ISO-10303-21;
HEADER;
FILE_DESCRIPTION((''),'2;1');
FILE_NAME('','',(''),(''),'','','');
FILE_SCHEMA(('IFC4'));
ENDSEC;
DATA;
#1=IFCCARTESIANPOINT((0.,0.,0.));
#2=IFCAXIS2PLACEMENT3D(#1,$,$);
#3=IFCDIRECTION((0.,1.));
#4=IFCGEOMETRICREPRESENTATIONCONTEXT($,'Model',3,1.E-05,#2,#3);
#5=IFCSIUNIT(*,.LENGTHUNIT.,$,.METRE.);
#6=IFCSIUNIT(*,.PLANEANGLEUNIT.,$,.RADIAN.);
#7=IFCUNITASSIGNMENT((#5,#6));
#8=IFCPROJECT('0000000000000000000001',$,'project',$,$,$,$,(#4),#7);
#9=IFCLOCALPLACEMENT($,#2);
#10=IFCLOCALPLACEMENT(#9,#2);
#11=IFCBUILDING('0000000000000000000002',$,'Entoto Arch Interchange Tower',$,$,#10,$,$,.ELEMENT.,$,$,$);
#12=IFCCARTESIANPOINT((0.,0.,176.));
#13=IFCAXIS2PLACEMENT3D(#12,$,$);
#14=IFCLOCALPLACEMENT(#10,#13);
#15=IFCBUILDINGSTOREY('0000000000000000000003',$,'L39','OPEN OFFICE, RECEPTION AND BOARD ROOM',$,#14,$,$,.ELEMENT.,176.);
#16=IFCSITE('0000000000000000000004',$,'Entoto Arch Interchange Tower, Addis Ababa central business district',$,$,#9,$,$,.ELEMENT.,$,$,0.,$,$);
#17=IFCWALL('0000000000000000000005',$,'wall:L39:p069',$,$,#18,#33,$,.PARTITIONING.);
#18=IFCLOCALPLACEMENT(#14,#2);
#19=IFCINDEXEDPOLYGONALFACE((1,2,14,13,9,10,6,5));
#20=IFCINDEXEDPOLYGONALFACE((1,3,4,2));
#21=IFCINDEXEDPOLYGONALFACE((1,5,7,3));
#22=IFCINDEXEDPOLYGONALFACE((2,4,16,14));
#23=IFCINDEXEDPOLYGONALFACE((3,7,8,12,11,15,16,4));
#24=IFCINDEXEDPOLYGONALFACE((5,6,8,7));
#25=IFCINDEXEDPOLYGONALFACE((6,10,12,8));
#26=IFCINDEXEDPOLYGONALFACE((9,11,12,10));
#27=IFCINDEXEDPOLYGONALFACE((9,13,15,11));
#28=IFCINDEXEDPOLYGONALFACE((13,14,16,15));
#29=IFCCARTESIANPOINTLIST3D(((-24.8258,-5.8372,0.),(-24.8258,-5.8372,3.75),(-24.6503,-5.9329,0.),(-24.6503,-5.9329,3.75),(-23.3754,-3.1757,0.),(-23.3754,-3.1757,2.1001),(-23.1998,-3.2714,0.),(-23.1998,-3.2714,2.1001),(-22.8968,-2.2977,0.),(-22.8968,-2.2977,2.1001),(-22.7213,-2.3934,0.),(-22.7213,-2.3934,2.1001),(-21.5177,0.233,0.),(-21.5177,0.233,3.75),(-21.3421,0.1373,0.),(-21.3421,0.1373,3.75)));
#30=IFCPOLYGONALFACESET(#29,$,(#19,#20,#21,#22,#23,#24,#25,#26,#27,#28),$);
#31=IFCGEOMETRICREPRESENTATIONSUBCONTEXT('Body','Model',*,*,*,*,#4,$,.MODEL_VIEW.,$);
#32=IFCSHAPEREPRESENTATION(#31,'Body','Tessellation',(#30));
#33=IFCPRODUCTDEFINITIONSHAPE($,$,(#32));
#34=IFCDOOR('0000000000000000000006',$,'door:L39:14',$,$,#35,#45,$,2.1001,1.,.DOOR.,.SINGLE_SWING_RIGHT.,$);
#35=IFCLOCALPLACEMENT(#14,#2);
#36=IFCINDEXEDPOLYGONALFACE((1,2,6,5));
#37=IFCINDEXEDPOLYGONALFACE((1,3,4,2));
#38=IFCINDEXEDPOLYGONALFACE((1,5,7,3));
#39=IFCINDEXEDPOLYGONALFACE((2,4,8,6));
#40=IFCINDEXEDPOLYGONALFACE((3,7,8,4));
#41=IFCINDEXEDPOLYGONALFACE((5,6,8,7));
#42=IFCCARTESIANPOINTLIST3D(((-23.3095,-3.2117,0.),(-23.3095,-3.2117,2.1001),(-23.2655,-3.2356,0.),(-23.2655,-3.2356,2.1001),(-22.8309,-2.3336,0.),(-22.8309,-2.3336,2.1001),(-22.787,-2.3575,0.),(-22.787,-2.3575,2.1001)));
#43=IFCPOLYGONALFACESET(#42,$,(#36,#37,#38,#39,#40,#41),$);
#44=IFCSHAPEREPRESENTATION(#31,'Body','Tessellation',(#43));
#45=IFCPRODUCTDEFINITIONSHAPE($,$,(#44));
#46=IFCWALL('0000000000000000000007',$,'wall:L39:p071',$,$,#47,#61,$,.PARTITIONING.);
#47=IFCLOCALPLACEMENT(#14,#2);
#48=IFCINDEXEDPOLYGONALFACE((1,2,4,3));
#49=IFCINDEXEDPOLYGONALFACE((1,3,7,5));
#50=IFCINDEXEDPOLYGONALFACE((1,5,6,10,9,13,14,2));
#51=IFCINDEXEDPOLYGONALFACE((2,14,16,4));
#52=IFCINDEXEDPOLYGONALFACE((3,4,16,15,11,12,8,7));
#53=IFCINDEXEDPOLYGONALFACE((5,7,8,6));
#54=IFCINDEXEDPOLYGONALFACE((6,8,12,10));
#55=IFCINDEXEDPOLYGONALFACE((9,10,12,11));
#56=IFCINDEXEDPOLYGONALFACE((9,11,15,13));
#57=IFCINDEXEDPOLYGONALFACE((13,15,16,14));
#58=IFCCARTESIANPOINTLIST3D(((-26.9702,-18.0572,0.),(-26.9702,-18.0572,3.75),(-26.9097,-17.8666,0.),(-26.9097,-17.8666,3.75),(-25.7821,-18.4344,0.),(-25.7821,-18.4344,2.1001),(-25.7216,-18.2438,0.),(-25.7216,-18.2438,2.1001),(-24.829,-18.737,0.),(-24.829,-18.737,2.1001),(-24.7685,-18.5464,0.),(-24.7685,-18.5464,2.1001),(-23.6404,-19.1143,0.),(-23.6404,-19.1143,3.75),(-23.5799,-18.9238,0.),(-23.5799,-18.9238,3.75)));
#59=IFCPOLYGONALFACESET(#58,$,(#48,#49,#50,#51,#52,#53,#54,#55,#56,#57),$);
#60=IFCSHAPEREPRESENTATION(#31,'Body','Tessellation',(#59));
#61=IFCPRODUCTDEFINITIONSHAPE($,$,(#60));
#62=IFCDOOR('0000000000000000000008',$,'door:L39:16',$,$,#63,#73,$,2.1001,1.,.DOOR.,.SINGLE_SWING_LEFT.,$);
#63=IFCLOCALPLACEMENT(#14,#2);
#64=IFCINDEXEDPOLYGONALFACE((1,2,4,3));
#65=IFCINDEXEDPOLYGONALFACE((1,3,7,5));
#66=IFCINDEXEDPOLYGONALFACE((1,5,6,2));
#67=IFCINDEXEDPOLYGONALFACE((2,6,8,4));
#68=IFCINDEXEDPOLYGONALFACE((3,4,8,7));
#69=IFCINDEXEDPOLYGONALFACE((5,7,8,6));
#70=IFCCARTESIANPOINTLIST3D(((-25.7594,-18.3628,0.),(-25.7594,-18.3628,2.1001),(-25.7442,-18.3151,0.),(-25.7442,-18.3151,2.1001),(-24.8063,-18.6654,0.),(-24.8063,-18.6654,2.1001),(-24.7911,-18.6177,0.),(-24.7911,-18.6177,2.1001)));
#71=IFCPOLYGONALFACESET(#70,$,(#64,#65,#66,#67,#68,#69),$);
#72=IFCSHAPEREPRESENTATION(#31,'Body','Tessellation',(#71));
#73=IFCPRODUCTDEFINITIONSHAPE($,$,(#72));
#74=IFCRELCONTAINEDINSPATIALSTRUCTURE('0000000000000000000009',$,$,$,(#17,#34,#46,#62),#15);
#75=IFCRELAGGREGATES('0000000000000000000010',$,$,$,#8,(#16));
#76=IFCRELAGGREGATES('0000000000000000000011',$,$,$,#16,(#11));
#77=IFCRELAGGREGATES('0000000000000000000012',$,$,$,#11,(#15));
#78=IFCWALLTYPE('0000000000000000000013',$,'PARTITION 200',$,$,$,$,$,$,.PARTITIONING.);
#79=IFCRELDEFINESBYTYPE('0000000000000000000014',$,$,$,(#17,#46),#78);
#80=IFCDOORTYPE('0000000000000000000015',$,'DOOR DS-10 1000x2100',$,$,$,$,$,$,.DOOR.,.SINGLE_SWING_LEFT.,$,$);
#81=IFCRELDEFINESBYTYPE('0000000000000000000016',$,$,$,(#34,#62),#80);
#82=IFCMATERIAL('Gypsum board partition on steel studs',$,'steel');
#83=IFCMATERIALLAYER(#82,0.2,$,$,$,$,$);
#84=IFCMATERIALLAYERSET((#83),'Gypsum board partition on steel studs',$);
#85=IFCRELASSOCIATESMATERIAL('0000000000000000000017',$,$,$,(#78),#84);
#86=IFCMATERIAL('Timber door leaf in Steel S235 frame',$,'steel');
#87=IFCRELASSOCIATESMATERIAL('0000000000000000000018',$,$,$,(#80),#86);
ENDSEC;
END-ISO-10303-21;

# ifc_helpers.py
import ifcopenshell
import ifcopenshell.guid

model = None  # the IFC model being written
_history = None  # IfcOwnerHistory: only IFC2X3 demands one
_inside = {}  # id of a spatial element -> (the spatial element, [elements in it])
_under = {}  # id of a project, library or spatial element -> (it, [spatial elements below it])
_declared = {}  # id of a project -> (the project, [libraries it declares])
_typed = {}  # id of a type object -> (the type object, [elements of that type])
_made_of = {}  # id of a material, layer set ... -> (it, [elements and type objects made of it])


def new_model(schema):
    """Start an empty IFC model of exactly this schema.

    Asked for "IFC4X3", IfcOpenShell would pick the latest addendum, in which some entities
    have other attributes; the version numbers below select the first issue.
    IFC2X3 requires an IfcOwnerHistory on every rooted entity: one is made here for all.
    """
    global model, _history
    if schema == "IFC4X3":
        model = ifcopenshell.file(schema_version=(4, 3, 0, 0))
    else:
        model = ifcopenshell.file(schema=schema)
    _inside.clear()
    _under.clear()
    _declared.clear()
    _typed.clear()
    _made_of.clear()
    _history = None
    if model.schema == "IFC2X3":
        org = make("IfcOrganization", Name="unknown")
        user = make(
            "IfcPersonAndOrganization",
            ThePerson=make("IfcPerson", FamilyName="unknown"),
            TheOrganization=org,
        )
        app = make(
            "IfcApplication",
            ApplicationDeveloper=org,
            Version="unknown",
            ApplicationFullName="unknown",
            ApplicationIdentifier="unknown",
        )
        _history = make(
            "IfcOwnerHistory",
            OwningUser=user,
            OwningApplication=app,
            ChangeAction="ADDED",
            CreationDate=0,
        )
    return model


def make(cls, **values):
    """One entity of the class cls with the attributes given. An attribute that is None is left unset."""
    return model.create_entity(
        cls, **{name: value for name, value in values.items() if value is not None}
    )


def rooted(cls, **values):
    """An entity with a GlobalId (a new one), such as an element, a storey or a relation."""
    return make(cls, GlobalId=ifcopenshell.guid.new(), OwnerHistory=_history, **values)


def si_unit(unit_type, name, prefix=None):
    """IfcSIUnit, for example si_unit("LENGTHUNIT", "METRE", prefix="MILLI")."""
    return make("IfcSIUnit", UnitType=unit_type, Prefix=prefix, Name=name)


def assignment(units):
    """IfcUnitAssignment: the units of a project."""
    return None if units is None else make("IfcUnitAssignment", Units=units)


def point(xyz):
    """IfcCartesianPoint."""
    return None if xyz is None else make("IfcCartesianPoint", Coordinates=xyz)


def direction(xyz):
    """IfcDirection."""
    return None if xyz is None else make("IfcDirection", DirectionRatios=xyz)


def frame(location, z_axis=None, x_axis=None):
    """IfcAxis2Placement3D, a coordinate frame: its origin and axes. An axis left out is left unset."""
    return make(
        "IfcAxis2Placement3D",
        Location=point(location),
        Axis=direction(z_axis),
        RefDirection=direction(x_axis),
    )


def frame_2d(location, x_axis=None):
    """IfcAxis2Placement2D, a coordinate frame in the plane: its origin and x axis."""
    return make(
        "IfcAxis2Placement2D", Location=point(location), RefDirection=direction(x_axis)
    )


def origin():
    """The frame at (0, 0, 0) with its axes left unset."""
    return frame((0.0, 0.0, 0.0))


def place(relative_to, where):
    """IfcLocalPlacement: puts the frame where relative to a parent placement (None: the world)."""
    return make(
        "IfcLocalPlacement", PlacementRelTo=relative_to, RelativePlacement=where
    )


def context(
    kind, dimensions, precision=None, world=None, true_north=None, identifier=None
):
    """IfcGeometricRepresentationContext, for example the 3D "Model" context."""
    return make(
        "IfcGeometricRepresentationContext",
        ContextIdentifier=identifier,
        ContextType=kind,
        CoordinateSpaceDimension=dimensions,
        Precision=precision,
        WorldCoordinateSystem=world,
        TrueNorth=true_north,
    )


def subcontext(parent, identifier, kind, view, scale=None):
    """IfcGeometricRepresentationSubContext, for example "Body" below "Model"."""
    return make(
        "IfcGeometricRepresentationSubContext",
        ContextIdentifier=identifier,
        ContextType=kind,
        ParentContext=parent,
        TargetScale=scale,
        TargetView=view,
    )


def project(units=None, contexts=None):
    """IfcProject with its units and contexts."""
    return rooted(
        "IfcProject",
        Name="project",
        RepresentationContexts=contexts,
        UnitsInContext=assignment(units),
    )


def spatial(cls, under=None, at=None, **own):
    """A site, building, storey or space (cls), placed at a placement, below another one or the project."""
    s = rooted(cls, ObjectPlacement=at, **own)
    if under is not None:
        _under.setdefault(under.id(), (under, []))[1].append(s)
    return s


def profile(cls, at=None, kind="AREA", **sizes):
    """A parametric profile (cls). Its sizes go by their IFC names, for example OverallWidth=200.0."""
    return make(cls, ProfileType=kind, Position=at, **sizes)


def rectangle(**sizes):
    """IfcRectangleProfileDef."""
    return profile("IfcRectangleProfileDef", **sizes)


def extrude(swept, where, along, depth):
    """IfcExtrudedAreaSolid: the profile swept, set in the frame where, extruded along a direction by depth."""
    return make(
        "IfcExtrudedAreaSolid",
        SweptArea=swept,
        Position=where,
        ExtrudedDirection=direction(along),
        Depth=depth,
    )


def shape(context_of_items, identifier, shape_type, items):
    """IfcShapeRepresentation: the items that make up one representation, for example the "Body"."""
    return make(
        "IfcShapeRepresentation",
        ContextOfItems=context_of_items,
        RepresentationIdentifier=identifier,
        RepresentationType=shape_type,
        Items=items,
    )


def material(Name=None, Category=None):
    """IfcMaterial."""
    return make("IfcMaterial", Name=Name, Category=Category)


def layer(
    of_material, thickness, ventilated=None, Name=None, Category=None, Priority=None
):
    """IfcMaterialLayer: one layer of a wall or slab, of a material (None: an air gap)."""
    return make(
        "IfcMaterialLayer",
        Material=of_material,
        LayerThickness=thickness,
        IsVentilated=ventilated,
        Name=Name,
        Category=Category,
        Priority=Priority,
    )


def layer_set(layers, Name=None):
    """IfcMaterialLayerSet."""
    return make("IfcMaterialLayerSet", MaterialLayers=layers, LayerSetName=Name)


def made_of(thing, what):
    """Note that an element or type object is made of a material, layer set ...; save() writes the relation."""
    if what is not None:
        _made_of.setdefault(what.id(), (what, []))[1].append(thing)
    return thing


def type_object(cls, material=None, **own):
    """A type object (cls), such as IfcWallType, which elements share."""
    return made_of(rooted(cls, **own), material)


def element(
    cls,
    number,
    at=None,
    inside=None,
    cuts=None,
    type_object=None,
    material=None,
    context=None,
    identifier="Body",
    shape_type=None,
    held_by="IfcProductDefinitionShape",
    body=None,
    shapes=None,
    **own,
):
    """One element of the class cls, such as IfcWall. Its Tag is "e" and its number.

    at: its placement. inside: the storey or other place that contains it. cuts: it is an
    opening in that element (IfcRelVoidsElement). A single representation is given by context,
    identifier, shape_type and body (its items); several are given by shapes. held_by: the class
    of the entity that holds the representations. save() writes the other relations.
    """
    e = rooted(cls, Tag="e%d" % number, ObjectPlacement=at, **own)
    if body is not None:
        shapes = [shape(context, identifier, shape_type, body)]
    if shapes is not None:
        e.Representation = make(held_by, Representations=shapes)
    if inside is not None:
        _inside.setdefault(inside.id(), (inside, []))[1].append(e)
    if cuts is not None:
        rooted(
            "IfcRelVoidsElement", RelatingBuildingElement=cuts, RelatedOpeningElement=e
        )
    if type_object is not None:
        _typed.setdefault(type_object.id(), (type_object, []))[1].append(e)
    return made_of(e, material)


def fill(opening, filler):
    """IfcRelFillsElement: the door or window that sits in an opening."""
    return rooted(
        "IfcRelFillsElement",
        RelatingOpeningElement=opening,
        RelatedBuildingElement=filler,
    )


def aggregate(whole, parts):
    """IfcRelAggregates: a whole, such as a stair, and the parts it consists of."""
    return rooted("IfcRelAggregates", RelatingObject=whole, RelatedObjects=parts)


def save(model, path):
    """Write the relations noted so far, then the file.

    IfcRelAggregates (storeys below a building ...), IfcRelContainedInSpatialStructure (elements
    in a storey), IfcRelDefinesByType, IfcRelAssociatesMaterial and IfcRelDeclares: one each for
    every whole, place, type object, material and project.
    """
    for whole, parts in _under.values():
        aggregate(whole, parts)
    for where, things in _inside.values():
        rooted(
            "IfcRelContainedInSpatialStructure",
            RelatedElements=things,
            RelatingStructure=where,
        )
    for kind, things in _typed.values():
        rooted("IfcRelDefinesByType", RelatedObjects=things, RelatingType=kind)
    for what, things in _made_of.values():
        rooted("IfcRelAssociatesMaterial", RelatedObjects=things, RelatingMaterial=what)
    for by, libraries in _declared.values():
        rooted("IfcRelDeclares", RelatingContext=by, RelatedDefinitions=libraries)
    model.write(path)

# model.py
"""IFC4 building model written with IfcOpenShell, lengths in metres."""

from ifc_helpers import new_model, si_unit, direction, frame, frame_2d, origin, place, context, subcontext, project, spatial, rectangle, extrude, material, layer, layer_set, type_object, element, fill, save


model = new_model("IFC4")

# Units and contexts
model_context = context("Model", 3, precision=1e-05, world=origin(), true_north=direction((0.0, 1.0)))
body_context = subcontext(model_context, "Body", "Model", "MODEL_VIEW")
ifc_project = project(units=[si_unit("LENGTHUNIT", "METRE"), si_unit("PLANEANGLEUNIT", "RADIAN")], contexts=[model_context])

# Site, building, storey
site_placement = place(None, origin())
site = spatial("IfcSite", under=ifc_project, at=site_placement, Name="Entoto Arch Interchange Tower, Addis Ababa central business district", CompositionType="ELEMENT", RefElevation=0.0)
building_placement = place(site_placement, origin())
building = spatial("IfcBuilding", under=site, at=building_placement, Name="Entoto Arch Interchange Tower", CompositionType="ELEMENT")
storey_placement = place(building_placement, frame((0.0, 0.0, 176.0)))
storey = spatial("IfcBuildingStorey", under=building, at=storey_placement, Name="L39", Description="OPEN OFFICE, RECEPTION AND BOARD ROOM", CompositionType="ELEMENT", Elevation=176.0)

# Shared definitions
ifc_material_1 = material(Name="Gypsum board partition on steel studs", Category="steel")
ifc_layer_1 = layer(ifc_material_1, 0.2)
ifc_layer_set_1 = layer_set([ifc_layer_1], Name="Gypsum board partition on steel studs")
wall_type_1 = type_object("IfcWallType", Name="PARTITION 200", PredefinedType="PARTITIONING", material=ifc_layer_set_1)

# Shared definitions
ifc_material_2 = material(Name="Timber door leaf in Steel S235 frame", Category="steel")

# Walls, openings, doors
wall_1_placement = place(storey_placement, frame((-24.738, -5.885, 0.0), z_axis=(0.0, 0.0, 1.0), x_axis=(0.478535, 0.878068, 0.0)))
wall_1 = element("IfcWall", 1, at=wall_1_placement, inside=storey, type_object=wall_type_1, Name="wall:L39:p069", PredefinedType="PARTITIONING", context=body_context, shape_type="SweptSolid", body=[
    extrude(rectangle(XDim=6.9131, YDim=0.2, at=frame_2d((3.4565, 0.0))), origin(), (0.0, 0.0, 1.0), 3.75),
])
opening_1_placement = place(wall_1_placement, frame((3.031, 0.0, 0.0)))
opening_1 = element("IfcOpeningElement", 2, at=opening_1_placement, cuts=wall_1, PredefinedType="OPENING", context=body_context, shape_type="SweptSolid", body=[
    extrude(rectangle(XDim=1.0, YDim=2.1001, at=frame_2d((0.5, 1.05))), frame((0.0, 0.1099, 0.0), z_axis=(0.0, -1.0, 0.0), x_axis=(1.0, 0.0, 0.0)), (0.0, 0.0, 1.0), 0.22),
])
door_type_1 = type_object("IfcDoorType", Name="DOOR DS-10 1000x2100", OperationType="SINGLE_SWING_LEFT", PredefinedType="DOOR", material=ifc_material_2)
door_1_placement = place(opening_1_placement, origin())
door_1 = element("IfcDoor", 3, at=door_1_placement, inside=storey, type_object=door_type_1, Name="door:L39:14", OperationType="SINGLE_SWING_RIGHT", OverallHeight=2.1001, OverallWidth=1.0, PredefinedType="DOOR", context=body_context, shape_type="SweptSolid", body=[
    extrude(rectangle(XDim=1.0, YDim=2.1001, at=frame_2d((0.5, 1.05))), frame((0.0, 0.0249, 0.0), z_axis=(0.0, -1.0, 0.0), x_axis=(1.0, 0.0, 0.0)), (0.0, 0.0, 1.0), 0.05),
])
fill(opening_1, door_1)
wall_2_placement = place(storey_placement, frame((-23.6101, -19.019, 0.0), z_axis=(0.0, 0.0, 1.0), x_axis=(-0.953121, 0.302589, 0.0)))
wall_2 = element("IfcWall", 4, at=wall_2_placement, inside=storey, type_object=wall_type_1, Name="wall:L39:p071", PredefinedType="PARTITIONING", context=body_context, shape_type="SweptSolid", body=[
    extrude(rectangle(XDim=3.4937, YDim=0.2, at=frame_2d((1.7468, 0.0))), origin(), (0.0, 0.0, 1.0), 3.75),
])
opening_2_placement = place(wall_2_placement, frame((1.2471, 0.0, 0.0)))
opening_2 = element("IfcOpeningElement", 5, at=opening_2_placement, cuts=wall_2, PredefinedType="OPENING", context=body_context, shape_type="SweptSolid", body=[
    extrude(rectangle(XDim=1.0, YDim=2.1001, at=frame_2d((0.5, 1.05))), frame((0.0, 0.1099, 0.0), z_axis=(0.0, -1.0, 0.0), x_axis=(1.0, 0.0, 0.0)), (0.0, 0.0, 1.0), 0.22),
])
door_2_placement = place(opening_2_placement, origin())
door_2 = element("IfcDoor", 6, at=door_2_placement, inside=storey, type_object=door_type_1, Name="door:L39:16", OperationType="SINGLE_SWING_LEFT", OverallHeight=2.1001, OverallWidth=1.0, PredefinedType="DOOR", context=body_context, shape_type="SweptSolid", body=[
    extrude(rectangle(XDim=1.0, YDim=2.1001, at=frame_2d((0.5, 1.05))), frame((0.0, 0.0249, 0.0), z_axis=(0.0, -1.0, 0.0), x_axis=(1.0, 0.0, 0.0)), (0.0, 0.0, 1.0), 0.05),
])
fill(opening_2, door_2)

save(model, "model.ifc")
